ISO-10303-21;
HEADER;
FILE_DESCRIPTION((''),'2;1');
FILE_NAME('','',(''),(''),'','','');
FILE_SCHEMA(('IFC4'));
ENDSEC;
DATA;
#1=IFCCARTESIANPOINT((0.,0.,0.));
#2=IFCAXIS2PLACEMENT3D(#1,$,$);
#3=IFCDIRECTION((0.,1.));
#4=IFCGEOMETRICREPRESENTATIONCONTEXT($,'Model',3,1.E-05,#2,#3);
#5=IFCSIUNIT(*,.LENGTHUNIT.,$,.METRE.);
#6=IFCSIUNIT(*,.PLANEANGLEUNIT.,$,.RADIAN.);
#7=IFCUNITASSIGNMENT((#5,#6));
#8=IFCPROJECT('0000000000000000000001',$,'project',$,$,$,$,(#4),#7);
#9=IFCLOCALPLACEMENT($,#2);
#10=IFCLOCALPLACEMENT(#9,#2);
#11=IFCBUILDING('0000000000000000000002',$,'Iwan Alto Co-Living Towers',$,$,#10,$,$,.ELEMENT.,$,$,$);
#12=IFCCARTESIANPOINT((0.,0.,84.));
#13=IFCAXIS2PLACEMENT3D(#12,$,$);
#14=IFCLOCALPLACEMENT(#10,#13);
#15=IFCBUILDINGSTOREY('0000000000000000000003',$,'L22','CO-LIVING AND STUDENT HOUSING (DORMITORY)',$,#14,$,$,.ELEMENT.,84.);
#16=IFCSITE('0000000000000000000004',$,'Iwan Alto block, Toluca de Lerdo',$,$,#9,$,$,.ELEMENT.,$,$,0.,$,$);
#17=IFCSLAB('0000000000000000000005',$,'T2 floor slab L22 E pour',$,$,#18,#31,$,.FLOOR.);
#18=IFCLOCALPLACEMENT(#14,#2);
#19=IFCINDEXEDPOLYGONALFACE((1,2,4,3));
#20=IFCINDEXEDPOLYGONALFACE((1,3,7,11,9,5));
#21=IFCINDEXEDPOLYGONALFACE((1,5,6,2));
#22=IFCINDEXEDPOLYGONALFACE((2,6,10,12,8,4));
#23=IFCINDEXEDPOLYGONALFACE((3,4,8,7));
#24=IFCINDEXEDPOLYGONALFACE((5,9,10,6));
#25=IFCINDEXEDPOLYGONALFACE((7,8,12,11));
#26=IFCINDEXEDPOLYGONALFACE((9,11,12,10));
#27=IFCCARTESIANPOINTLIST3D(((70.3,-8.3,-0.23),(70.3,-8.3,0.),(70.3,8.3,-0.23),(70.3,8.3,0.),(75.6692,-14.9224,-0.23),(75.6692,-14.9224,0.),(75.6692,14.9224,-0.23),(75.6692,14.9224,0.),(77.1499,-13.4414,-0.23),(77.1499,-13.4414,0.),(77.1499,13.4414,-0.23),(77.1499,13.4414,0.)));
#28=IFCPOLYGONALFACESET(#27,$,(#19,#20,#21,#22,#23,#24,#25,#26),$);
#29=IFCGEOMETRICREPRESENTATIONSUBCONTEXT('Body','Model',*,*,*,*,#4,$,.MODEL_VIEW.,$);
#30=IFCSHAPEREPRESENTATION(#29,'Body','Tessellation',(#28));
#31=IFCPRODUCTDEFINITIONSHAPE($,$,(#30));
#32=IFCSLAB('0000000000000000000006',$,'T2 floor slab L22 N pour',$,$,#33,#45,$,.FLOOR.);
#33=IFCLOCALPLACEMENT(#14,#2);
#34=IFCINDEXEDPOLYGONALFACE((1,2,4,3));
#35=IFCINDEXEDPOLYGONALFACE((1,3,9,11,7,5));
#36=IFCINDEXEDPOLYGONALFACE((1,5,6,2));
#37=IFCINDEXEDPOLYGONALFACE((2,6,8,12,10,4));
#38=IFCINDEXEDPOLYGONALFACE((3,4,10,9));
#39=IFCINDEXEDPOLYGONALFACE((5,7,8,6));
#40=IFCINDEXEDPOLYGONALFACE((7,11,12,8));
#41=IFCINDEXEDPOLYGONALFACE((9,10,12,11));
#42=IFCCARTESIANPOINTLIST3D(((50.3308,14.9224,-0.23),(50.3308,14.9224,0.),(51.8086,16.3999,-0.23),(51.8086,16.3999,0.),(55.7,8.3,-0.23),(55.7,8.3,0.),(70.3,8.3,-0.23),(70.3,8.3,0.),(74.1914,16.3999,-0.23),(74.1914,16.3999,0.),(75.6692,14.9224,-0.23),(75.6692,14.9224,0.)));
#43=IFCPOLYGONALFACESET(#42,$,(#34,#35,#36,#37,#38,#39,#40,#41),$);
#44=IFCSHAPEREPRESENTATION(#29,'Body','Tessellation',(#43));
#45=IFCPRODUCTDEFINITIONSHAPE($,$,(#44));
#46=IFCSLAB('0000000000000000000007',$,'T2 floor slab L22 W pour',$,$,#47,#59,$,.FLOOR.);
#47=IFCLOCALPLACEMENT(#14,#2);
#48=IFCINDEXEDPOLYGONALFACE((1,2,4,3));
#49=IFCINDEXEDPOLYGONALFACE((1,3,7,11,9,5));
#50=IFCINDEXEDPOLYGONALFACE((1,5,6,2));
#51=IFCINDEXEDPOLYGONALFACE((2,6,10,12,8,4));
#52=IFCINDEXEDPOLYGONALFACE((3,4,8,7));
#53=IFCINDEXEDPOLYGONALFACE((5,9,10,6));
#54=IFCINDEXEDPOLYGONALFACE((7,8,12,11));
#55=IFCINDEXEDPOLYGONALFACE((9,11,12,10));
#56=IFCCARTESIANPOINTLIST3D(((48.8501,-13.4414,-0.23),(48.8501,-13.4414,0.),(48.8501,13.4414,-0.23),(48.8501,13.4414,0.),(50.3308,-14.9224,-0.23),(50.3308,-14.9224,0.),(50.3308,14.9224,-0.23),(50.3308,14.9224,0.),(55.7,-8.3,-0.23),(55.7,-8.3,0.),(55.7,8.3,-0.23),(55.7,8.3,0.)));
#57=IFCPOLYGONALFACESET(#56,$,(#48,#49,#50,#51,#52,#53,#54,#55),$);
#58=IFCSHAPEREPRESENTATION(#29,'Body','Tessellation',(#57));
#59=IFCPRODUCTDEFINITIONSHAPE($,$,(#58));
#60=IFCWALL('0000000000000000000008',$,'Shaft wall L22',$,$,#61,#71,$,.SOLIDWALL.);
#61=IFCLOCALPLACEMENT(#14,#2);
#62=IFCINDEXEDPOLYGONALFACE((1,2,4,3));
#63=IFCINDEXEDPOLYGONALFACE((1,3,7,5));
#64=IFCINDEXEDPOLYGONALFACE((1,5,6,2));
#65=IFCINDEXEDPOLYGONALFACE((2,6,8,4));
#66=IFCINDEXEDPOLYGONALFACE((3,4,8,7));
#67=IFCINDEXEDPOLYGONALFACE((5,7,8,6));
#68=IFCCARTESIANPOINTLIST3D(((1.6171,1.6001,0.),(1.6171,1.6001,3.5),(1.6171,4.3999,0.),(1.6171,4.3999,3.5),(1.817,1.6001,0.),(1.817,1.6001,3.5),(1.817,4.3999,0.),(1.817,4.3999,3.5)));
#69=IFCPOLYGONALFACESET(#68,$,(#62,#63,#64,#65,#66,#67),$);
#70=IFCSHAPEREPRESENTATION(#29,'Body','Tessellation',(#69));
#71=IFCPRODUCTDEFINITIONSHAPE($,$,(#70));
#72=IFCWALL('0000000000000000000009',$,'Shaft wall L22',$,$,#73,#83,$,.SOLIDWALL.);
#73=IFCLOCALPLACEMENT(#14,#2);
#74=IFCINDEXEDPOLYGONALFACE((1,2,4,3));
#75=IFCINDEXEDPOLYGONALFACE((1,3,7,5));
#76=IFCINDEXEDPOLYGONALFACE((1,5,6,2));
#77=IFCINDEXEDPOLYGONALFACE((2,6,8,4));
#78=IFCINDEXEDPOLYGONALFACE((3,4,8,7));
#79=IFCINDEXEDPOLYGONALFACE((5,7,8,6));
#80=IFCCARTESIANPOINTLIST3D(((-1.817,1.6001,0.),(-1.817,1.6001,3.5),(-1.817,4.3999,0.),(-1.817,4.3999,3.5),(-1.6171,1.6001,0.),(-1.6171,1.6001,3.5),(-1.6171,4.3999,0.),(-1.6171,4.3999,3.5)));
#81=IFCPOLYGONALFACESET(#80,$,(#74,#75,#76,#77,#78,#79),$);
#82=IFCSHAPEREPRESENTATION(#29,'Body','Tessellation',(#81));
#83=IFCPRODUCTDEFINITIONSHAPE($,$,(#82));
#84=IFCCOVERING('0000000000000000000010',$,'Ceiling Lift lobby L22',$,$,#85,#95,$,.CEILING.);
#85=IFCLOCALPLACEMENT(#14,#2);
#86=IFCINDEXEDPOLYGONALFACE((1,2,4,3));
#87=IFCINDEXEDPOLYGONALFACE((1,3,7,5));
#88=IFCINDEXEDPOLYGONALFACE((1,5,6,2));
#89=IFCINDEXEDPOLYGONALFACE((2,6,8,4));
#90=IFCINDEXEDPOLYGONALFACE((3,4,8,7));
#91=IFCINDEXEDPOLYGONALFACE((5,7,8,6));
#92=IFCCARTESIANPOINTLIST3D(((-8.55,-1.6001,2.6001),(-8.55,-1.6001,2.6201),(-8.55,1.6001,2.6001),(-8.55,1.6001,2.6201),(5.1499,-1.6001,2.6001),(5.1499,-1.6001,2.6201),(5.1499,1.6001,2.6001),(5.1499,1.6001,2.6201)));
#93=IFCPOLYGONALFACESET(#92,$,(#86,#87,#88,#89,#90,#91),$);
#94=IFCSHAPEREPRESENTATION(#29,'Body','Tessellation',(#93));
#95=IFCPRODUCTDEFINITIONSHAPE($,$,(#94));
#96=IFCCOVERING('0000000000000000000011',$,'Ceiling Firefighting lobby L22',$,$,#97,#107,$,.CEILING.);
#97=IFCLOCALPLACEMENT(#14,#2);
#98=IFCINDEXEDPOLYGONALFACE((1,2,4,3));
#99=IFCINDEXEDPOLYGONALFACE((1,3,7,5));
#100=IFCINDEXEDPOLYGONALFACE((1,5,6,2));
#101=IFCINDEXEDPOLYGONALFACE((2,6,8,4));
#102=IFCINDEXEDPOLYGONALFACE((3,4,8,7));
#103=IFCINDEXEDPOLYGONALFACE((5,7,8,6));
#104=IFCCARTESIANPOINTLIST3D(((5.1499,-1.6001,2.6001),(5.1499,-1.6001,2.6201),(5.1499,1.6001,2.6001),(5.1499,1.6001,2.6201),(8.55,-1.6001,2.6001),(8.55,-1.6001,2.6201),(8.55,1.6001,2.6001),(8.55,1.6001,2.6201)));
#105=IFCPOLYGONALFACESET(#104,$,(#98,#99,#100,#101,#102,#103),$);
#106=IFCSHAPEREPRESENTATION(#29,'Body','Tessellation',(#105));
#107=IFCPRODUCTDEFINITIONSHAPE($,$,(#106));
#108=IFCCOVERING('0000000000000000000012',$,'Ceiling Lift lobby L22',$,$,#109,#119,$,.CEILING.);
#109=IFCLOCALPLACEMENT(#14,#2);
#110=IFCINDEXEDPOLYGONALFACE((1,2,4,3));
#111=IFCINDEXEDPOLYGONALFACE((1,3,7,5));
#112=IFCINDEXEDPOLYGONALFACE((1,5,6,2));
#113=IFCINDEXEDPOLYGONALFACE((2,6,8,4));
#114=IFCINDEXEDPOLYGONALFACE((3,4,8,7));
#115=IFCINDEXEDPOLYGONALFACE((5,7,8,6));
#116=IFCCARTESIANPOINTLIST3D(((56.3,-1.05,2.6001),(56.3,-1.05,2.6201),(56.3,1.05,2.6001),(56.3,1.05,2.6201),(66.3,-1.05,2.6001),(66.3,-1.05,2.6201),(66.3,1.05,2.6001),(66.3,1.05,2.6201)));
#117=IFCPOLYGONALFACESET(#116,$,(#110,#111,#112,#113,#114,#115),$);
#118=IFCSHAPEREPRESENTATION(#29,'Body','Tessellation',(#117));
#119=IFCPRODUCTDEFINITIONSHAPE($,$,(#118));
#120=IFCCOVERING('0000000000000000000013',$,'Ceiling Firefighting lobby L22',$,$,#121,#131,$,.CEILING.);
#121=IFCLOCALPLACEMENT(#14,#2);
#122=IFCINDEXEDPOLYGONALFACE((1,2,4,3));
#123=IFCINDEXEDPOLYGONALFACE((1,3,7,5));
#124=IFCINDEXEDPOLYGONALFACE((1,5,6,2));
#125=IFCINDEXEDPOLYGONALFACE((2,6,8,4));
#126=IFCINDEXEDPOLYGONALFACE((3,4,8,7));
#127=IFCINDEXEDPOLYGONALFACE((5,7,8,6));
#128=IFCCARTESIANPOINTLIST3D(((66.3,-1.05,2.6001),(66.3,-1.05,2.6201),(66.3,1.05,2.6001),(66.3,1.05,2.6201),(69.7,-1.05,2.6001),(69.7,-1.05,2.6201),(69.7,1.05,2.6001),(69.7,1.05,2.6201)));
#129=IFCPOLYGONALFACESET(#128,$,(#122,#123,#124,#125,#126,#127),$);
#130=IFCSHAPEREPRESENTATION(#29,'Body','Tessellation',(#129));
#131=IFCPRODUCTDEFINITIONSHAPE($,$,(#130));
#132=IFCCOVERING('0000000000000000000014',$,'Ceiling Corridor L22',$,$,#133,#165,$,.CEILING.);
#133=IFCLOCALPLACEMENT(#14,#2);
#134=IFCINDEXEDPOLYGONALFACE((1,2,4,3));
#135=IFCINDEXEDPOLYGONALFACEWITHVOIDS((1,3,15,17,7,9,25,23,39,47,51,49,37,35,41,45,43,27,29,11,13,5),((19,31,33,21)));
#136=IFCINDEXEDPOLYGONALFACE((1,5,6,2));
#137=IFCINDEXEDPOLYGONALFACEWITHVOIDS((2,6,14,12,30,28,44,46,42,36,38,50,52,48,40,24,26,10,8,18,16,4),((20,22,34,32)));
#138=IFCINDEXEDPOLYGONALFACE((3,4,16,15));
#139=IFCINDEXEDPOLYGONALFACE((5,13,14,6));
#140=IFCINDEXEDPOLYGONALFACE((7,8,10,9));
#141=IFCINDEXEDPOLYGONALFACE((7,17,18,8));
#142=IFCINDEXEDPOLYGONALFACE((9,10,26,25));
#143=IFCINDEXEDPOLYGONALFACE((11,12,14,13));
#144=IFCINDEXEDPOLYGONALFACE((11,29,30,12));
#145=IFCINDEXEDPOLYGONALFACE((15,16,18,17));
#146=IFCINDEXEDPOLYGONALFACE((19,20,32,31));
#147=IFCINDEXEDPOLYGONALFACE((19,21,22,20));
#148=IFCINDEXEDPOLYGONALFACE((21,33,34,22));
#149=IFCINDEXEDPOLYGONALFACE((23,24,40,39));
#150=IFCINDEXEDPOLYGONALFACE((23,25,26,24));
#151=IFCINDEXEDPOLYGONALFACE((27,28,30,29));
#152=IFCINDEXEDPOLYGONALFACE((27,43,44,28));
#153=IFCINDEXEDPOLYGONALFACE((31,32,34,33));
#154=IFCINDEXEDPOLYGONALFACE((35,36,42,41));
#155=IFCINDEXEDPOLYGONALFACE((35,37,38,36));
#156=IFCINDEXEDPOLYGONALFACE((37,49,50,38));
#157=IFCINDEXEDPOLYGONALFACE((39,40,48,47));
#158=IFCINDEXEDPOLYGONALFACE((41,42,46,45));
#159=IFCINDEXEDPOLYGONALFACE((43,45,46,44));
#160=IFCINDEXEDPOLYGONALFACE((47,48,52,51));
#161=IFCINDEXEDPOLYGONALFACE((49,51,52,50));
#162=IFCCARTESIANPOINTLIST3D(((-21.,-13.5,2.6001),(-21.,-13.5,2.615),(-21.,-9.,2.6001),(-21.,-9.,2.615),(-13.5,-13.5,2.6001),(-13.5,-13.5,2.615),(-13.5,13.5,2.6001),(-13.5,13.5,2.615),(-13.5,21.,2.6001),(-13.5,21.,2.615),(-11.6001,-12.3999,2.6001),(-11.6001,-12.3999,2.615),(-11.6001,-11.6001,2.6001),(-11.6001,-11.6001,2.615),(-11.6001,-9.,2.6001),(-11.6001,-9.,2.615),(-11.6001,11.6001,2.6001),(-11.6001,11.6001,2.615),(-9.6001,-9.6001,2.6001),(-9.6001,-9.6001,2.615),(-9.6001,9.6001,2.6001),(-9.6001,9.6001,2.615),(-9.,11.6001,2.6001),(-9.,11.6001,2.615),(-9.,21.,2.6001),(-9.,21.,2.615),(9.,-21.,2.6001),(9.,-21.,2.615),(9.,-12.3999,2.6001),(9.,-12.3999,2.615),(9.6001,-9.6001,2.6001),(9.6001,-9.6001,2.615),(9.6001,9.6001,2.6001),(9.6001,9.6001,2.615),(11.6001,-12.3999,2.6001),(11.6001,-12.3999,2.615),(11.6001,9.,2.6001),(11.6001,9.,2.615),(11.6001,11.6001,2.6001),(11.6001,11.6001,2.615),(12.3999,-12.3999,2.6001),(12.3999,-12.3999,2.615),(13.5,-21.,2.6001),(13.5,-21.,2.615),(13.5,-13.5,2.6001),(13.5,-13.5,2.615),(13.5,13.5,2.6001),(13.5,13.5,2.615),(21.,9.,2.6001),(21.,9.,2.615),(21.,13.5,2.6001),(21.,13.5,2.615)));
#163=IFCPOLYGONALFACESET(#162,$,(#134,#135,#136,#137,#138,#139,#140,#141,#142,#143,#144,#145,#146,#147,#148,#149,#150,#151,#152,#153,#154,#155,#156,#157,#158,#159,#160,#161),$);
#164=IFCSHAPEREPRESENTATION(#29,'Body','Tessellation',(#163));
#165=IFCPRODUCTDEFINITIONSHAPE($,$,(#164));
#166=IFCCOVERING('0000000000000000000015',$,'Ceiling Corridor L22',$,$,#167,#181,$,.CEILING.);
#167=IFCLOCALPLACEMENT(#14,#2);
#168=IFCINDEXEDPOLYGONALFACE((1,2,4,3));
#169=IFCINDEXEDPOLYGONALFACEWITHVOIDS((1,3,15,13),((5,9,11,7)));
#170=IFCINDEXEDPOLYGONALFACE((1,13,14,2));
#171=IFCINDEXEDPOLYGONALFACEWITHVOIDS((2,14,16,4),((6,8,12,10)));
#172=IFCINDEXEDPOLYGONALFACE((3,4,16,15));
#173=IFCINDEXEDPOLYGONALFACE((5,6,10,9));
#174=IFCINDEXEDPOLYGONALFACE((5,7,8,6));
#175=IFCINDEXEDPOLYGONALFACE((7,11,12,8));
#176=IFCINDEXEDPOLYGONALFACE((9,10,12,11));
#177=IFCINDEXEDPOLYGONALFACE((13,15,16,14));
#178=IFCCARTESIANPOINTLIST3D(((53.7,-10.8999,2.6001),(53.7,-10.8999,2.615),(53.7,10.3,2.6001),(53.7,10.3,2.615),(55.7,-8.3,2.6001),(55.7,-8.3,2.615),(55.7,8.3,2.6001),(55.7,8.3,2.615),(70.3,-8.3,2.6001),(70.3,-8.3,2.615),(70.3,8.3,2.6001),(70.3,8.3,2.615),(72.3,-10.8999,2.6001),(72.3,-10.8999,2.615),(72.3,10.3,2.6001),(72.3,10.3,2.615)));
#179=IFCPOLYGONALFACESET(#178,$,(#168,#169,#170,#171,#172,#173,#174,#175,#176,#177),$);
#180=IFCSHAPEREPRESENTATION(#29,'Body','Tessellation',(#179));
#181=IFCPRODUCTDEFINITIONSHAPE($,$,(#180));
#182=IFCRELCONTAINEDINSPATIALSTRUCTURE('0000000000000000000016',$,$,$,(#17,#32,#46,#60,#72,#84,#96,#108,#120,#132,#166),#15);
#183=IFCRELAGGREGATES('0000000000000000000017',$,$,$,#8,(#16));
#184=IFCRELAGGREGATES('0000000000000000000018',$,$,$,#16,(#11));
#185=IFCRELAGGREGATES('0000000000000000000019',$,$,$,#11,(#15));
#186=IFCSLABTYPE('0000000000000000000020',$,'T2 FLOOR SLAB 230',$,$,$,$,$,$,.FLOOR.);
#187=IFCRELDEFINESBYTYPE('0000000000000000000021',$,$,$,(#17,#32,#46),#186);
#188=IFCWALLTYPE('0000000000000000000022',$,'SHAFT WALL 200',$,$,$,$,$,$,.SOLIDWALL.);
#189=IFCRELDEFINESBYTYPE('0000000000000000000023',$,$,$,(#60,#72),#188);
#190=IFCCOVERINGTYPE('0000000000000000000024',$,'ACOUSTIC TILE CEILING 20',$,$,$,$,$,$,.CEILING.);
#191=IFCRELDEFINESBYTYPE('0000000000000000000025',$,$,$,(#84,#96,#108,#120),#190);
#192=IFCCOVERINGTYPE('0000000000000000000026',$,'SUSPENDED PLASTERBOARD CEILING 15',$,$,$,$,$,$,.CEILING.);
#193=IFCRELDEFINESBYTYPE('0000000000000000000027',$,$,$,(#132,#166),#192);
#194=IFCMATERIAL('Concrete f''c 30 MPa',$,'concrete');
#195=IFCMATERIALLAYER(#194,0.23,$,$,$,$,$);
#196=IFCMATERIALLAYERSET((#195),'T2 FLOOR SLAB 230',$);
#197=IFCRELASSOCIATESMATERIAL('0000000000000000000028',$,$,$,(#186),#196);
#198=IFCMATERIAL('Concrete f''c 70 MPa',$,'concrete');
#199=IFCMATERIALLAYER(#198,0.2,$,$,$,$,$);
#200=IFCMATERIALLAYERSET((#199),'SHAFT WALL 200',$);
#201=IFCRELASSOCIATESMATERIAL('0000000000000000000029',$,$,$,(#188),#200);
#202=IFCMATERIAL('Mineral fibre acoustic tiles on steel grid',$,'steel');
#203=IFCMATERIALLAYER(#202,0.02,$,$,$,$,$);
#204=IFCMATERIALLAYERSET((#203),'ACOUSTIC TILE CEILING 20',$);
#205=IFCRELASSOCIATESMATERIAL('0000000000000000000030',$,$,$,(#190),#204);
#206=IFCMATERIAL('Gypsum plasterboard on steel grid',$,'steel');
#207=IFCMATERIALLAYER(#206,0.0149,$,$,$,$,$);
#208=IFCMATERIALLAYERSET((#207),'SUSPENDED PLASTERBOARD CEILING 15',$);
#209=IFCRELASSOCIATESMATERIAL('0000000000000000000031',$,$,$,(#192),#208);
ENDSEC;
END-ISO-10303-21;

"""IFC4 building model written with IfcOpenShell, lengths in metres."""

from ifc_helpers import new_model, si_unit, direction, frame, frame_2d, origin, place, context, subcontext, project, spatial, polyline, rectangle, outline, extrude, material, layer, layer_set, type_object, element, save


model = new_model("IFC4")

# Units and contexts
model_context = context("Model", 3, precision=1e-05, world=origin(), true_north=direction((0.0, 1.0)))
body_context = subcontext(model_context, "Body", "Model", "MODEL_VIEW")
ifc_project = project(units=[si_unit("LENGTHUNIT", "METRE"), si_unit("PLANEANGLEUNIT", "RADIAN")], contexts=[model_context])

# Site, building, storey
site_placement = place(None, origin())
site = spatial("IfcSite", under=ifc_project, at=site_placement, Name="Iwan Alto block, Toluca de Lerdo", CompositionType="ELEMENT", RefElevation=0.0)
building_placement = place(site_placement, origin())
building = spatial("IfcBuilding", under=site, at=building_placement, Name="Iwan Alto Co-Living Towers", CompositionType="ELEMENT")
storey_placement = place(building_placement, frame((0.0, 0.0, 84.0)))
storey = spatial("IfcBuildingStorey", under=building, at=storey_placement, Name="L22", Description="CO-LIVING AND STUDENT HOUSING (DORMITORY)", CompositionType="ELEMENT", Elevation=84.0)

# Slabs
ifc_material_1 = material(Name="Concrete f'c 30 MPa", Category="concrete")
ifc_layer_1 = layer(ifc_material_1, 0.23)
ifc_layer_set_1 = layer_set([ifc_layer_1], Name="T2 FLOOR SLAB 230")
slab_type_1 = type_object("IfcSlabType", Name="T2 FLOOR SLAB 230", PredefinedType="FLOOR", material=ifc_layer_set_1)
slab_1_placement = place(storey_placement, frame((0.0, 0.0, -0.23)))
element("IfcSlab", 1, at=slab_1_placement, inside=storey, type_object=slab_type_1, Name="T2 floor slab L22 E pour", PredefinedType="FLOOR", context=body_context, shape_type="SweptSolid", body=[
    extrude(outline(polyline([(77.1499, 13.4414), (77.1499, -13.4414), (75.6692, -14.9224), (70.3, -8.3), (70.3, 8.3), (75.6692, 14.9224), (77.1499, 13.4414)])), origin(), (0.0, 0.0, 1.0), 0.23),
])
slab_2_placement = place(storey_placement, frame((0.0, 0.0, -0.23)))
element("IfcSlab", 2, at=slab_2_placement, inside=storey, type_object=slab_type_1, Name="T2 floor slab L22 N pour", PredefinedType="FLOOR", context=body_context, shape_type="SweptSolid", body=[
    extrude(outline(polyline([(51.8086, 16.3999), (74.1914, 16.3999), (75.6692, 14.9224), (70.3, 8.3), (55.7, 8.3), (50.3308, 14.9224), (51.8086, 16.3999)])), origin(), (0.0, 0.0, 1.0), 0.23),
])
slab_3_placement = place(storey_placement, frame((0.0, 0.0, -0.23)))
element("IfcSlab", 3, at=slab_3_placement, inside=storey, type_object=slab_type_1, Name="T2 floor slab L22 W pour", PredefinedType="FLOOR", context=body_context, shape_type="SweptSolid", body=[
    extrude(outline(polyline([(48.8501, 13.4414), (50.3308, 14.9224), (55.7, 8.3), (55.7, -8.3), (50.3308, -14.9224), (48.8501, -13.4414), (48.8501, 13.4414)])), origin(), (0.0, 0.0, 1.0), 0.23),
])

# Walls
ifc_material_2 = material(Name="Concrete f'c 70 MPa", Category="concrete")
ifc_layer_2 = layer(ifc_material_2, 0.2)
ifc_layer_set_2 = layer_set([ifc_layer_2], Name="SHAFT WALL 200")
wall_type = type_object("IfcWallType", Name="SHAFT WALL 200", PredefinedType="SOLIDWALL", material=ifc_layer_set_2)
for number, where, z_axis, x_axis, name in (
    (4, (1.717, 1.6001, 0.0), (0.0, 0.0, 1.0), (0.0, 1.0, 0.0), "Shaft wall L22"),
    (5, (-1.717, 1.6001, 0.0), (0.0, 0.0, 1.0), (0.0, 1.0, 0.0), "Shaft wall L22"),
):
    element("IfcWall", number, at=place(storey_placement, frame(where, z_axis=z_axis, x_axis=x_axis)), inside=storey, type_object=wall_type, Name=name, PredefinedType="SOLIDWALL", context=body_context, shape_type="SweptSolid", body=[
        extrude(rectangle(XDim=2.7998, YDim=0.2, at=frame_2d((1.3999, 0.0))), origin(), (0.0, 0.0, 1.0), 3.5),
    ])

# Coverings
ifc_material_3 = material(Name="Mineral fibre acoustic tiles on steel grid", Category="steel")
ifc_layer_3 = layer(ifc_material_3, 0.02)
ifc_layer_set_3 = layer_set([ifc_layer_3], Name="ACOUSTIC TILE CEILING 20")
covering_type_1 = type_object("IfcCoveringType", Name="ACOUSTIC TILE CEILING 20", PredefinedType="CEILING", material=ifc_layer_set_3)
covering_1_placement = place(storey_placement, frame((0.0, 0.0, 2.6001)))
element("IfcCovering", 6, at=covering_1_placement, inside=storey, type_object=covering_type_1, Name="Ceiling Lift lobby L22", PredefinedType="CEILING", context=body_context, shape_type="SweptSolid", body=[
    extrude(outline(polyline([(-8.55, -1.6001), (-8.55, 1.6001), (5.1499, 1.6001), (5.1499, -1.6001), (-8.55, -1.6001)])), origin(), (0.0, 0.0, 1.0), 0.02),
])
covering_2_placement = place(storey_placement, frame((0.0, 0.0, 2.6001)))
element("IfcCovering", 7, at=covering_2_placement, inside=storey, type_object=covering_type_1, Name="Ceiling Firefighting lobby L22", PredefinedType="CEILING", context=body_context, shape_type="SweptSolid", body=[
    extrude(outline(polyline([(5.1499, -1.6001), (5.1499, 1.6001), (8.55, 1.6001), (8.55, -1.6001), (5.1499, -1.6001)])), origin(), (0.0, 0.0, 1.0), 0.02),
])
covering_3_placement = place(storey_placement, frame((0.0, 0.0, 2.6001)))
element("IfcCovering", 8, at=covering_3_placement, inside=storey, type_object=covering_type_1, Name="Ceiling Lift lobby L22", PredefinedType="CEILING", context=body_context, shape_type="SweptSolid", body=[
    extrude(outline(polyline([(56.3, -1.05), (56.3, 1.05), (66.3, 1.05), (66.3, -1.05), (56.3, -1.05)])), origin(), (0.0, 0.0, 1.0), 0.02),
])
covering_4_placement = place(storey_placement, frame((0.0, 0.0, 2.6001)))
element("IfcCovering", 9, at=covering_4_placement, inside=storey, type_object=covering_type_1, Name="Ceiling Firefighting lobby L22", PredefinedType="CEILING", context=body_context, shape_type="SweptSolid", body=[
    extrude(outline(polyline([(66.3, -1.05), (66.3, 1.05), (69.7, 1.05), (69.7, -1.05), (66.3, -1.05)])), origin(), (0.0, 0.0, 1.0), 0.02),
])
ifc_material_4 = material(Name="Gypsum plasterboard on steel grid", Category="steel")
ifc_layer_4 = layer(ifc_material_4, 0.0149)
ifc_layer_set_4 = layer_set([ifc_layer_4], Name="SUSPENDED PLASTERBOARD CEILING 15")
covering_type_2 = type_object("IfcCoveringType", Name="SUSPENDED PLASTERBOARD CEILING 15", PredefinedType="CEILING", material=ifc_layer_set_4)
covering_5_placement = place(storey_placement, frame((0.0, 0.0, 2.6001)))
element("IfcCovering", 10, at=covering_5_placement, inside=storey, type_object=covering_type_2, Name="Ceiling Corridor L22", PredefinedType="CEILING", context=body_context, shape_type="SweptSolid", body=[
    extrude(outline(polyline([(13.5, -21.0), (9.0, -21.0), (9.0, -12.3999), (-11.6001, -12.3999), (-11.6001, -11.6001), (-13.5, -13.5), (-21.0, -13.5), (-21.0, -9.0), (-11.6001, -9.0), (-11.6001, 11.6001), (-13.5, 13.5), (-13.5, 21.0), (-9.0, 21.0), (-9.0, 11.6001), (11.6001, 11.6001), (13.5, 13.5), (21.0, 13.5), (21.0, 9.0), (11.6001, 9.0), (11.6001, -12.3999), (12.3999, -12.3999), (13.5, -13.5), (13.5, -21.0)]), holes=[polyline([(9.6001, -9.6001), (9.6001, 9.6001), (-9.6001, 9.6001), (-9.6001, -9.6001), (9.6001, -9.6001)])]), origin(), (0.0, 0.0, 1.0), 0.0149),
])
covering_6_placement = place(storey_placement, frame((0.0, 0.0, 2.6001)))
element("IfcCovering", 11, at=covering_6_placement, inside=storey, type_object=covering_type_2, Name="Ceiling Corridor L22", PredefinedType="CEILING", context=body_context, shape_type="SweptSolid", body=[
    extrude(outline(polyline([(53.7, 10.3), (72.3, 10.3), (72.3, -10.8999), (53.7, -10.8999), (53.7, 10.3)]), holes=[polyline([(55.7, 8.3), (55.7, -8.3), (70.3, -8.3), (70.3, 8.3), (55.7, 8.3)])]), origin(), (0.0, 0.0, 1.0), 0.0149),
])

save(model, "model.ifc")
